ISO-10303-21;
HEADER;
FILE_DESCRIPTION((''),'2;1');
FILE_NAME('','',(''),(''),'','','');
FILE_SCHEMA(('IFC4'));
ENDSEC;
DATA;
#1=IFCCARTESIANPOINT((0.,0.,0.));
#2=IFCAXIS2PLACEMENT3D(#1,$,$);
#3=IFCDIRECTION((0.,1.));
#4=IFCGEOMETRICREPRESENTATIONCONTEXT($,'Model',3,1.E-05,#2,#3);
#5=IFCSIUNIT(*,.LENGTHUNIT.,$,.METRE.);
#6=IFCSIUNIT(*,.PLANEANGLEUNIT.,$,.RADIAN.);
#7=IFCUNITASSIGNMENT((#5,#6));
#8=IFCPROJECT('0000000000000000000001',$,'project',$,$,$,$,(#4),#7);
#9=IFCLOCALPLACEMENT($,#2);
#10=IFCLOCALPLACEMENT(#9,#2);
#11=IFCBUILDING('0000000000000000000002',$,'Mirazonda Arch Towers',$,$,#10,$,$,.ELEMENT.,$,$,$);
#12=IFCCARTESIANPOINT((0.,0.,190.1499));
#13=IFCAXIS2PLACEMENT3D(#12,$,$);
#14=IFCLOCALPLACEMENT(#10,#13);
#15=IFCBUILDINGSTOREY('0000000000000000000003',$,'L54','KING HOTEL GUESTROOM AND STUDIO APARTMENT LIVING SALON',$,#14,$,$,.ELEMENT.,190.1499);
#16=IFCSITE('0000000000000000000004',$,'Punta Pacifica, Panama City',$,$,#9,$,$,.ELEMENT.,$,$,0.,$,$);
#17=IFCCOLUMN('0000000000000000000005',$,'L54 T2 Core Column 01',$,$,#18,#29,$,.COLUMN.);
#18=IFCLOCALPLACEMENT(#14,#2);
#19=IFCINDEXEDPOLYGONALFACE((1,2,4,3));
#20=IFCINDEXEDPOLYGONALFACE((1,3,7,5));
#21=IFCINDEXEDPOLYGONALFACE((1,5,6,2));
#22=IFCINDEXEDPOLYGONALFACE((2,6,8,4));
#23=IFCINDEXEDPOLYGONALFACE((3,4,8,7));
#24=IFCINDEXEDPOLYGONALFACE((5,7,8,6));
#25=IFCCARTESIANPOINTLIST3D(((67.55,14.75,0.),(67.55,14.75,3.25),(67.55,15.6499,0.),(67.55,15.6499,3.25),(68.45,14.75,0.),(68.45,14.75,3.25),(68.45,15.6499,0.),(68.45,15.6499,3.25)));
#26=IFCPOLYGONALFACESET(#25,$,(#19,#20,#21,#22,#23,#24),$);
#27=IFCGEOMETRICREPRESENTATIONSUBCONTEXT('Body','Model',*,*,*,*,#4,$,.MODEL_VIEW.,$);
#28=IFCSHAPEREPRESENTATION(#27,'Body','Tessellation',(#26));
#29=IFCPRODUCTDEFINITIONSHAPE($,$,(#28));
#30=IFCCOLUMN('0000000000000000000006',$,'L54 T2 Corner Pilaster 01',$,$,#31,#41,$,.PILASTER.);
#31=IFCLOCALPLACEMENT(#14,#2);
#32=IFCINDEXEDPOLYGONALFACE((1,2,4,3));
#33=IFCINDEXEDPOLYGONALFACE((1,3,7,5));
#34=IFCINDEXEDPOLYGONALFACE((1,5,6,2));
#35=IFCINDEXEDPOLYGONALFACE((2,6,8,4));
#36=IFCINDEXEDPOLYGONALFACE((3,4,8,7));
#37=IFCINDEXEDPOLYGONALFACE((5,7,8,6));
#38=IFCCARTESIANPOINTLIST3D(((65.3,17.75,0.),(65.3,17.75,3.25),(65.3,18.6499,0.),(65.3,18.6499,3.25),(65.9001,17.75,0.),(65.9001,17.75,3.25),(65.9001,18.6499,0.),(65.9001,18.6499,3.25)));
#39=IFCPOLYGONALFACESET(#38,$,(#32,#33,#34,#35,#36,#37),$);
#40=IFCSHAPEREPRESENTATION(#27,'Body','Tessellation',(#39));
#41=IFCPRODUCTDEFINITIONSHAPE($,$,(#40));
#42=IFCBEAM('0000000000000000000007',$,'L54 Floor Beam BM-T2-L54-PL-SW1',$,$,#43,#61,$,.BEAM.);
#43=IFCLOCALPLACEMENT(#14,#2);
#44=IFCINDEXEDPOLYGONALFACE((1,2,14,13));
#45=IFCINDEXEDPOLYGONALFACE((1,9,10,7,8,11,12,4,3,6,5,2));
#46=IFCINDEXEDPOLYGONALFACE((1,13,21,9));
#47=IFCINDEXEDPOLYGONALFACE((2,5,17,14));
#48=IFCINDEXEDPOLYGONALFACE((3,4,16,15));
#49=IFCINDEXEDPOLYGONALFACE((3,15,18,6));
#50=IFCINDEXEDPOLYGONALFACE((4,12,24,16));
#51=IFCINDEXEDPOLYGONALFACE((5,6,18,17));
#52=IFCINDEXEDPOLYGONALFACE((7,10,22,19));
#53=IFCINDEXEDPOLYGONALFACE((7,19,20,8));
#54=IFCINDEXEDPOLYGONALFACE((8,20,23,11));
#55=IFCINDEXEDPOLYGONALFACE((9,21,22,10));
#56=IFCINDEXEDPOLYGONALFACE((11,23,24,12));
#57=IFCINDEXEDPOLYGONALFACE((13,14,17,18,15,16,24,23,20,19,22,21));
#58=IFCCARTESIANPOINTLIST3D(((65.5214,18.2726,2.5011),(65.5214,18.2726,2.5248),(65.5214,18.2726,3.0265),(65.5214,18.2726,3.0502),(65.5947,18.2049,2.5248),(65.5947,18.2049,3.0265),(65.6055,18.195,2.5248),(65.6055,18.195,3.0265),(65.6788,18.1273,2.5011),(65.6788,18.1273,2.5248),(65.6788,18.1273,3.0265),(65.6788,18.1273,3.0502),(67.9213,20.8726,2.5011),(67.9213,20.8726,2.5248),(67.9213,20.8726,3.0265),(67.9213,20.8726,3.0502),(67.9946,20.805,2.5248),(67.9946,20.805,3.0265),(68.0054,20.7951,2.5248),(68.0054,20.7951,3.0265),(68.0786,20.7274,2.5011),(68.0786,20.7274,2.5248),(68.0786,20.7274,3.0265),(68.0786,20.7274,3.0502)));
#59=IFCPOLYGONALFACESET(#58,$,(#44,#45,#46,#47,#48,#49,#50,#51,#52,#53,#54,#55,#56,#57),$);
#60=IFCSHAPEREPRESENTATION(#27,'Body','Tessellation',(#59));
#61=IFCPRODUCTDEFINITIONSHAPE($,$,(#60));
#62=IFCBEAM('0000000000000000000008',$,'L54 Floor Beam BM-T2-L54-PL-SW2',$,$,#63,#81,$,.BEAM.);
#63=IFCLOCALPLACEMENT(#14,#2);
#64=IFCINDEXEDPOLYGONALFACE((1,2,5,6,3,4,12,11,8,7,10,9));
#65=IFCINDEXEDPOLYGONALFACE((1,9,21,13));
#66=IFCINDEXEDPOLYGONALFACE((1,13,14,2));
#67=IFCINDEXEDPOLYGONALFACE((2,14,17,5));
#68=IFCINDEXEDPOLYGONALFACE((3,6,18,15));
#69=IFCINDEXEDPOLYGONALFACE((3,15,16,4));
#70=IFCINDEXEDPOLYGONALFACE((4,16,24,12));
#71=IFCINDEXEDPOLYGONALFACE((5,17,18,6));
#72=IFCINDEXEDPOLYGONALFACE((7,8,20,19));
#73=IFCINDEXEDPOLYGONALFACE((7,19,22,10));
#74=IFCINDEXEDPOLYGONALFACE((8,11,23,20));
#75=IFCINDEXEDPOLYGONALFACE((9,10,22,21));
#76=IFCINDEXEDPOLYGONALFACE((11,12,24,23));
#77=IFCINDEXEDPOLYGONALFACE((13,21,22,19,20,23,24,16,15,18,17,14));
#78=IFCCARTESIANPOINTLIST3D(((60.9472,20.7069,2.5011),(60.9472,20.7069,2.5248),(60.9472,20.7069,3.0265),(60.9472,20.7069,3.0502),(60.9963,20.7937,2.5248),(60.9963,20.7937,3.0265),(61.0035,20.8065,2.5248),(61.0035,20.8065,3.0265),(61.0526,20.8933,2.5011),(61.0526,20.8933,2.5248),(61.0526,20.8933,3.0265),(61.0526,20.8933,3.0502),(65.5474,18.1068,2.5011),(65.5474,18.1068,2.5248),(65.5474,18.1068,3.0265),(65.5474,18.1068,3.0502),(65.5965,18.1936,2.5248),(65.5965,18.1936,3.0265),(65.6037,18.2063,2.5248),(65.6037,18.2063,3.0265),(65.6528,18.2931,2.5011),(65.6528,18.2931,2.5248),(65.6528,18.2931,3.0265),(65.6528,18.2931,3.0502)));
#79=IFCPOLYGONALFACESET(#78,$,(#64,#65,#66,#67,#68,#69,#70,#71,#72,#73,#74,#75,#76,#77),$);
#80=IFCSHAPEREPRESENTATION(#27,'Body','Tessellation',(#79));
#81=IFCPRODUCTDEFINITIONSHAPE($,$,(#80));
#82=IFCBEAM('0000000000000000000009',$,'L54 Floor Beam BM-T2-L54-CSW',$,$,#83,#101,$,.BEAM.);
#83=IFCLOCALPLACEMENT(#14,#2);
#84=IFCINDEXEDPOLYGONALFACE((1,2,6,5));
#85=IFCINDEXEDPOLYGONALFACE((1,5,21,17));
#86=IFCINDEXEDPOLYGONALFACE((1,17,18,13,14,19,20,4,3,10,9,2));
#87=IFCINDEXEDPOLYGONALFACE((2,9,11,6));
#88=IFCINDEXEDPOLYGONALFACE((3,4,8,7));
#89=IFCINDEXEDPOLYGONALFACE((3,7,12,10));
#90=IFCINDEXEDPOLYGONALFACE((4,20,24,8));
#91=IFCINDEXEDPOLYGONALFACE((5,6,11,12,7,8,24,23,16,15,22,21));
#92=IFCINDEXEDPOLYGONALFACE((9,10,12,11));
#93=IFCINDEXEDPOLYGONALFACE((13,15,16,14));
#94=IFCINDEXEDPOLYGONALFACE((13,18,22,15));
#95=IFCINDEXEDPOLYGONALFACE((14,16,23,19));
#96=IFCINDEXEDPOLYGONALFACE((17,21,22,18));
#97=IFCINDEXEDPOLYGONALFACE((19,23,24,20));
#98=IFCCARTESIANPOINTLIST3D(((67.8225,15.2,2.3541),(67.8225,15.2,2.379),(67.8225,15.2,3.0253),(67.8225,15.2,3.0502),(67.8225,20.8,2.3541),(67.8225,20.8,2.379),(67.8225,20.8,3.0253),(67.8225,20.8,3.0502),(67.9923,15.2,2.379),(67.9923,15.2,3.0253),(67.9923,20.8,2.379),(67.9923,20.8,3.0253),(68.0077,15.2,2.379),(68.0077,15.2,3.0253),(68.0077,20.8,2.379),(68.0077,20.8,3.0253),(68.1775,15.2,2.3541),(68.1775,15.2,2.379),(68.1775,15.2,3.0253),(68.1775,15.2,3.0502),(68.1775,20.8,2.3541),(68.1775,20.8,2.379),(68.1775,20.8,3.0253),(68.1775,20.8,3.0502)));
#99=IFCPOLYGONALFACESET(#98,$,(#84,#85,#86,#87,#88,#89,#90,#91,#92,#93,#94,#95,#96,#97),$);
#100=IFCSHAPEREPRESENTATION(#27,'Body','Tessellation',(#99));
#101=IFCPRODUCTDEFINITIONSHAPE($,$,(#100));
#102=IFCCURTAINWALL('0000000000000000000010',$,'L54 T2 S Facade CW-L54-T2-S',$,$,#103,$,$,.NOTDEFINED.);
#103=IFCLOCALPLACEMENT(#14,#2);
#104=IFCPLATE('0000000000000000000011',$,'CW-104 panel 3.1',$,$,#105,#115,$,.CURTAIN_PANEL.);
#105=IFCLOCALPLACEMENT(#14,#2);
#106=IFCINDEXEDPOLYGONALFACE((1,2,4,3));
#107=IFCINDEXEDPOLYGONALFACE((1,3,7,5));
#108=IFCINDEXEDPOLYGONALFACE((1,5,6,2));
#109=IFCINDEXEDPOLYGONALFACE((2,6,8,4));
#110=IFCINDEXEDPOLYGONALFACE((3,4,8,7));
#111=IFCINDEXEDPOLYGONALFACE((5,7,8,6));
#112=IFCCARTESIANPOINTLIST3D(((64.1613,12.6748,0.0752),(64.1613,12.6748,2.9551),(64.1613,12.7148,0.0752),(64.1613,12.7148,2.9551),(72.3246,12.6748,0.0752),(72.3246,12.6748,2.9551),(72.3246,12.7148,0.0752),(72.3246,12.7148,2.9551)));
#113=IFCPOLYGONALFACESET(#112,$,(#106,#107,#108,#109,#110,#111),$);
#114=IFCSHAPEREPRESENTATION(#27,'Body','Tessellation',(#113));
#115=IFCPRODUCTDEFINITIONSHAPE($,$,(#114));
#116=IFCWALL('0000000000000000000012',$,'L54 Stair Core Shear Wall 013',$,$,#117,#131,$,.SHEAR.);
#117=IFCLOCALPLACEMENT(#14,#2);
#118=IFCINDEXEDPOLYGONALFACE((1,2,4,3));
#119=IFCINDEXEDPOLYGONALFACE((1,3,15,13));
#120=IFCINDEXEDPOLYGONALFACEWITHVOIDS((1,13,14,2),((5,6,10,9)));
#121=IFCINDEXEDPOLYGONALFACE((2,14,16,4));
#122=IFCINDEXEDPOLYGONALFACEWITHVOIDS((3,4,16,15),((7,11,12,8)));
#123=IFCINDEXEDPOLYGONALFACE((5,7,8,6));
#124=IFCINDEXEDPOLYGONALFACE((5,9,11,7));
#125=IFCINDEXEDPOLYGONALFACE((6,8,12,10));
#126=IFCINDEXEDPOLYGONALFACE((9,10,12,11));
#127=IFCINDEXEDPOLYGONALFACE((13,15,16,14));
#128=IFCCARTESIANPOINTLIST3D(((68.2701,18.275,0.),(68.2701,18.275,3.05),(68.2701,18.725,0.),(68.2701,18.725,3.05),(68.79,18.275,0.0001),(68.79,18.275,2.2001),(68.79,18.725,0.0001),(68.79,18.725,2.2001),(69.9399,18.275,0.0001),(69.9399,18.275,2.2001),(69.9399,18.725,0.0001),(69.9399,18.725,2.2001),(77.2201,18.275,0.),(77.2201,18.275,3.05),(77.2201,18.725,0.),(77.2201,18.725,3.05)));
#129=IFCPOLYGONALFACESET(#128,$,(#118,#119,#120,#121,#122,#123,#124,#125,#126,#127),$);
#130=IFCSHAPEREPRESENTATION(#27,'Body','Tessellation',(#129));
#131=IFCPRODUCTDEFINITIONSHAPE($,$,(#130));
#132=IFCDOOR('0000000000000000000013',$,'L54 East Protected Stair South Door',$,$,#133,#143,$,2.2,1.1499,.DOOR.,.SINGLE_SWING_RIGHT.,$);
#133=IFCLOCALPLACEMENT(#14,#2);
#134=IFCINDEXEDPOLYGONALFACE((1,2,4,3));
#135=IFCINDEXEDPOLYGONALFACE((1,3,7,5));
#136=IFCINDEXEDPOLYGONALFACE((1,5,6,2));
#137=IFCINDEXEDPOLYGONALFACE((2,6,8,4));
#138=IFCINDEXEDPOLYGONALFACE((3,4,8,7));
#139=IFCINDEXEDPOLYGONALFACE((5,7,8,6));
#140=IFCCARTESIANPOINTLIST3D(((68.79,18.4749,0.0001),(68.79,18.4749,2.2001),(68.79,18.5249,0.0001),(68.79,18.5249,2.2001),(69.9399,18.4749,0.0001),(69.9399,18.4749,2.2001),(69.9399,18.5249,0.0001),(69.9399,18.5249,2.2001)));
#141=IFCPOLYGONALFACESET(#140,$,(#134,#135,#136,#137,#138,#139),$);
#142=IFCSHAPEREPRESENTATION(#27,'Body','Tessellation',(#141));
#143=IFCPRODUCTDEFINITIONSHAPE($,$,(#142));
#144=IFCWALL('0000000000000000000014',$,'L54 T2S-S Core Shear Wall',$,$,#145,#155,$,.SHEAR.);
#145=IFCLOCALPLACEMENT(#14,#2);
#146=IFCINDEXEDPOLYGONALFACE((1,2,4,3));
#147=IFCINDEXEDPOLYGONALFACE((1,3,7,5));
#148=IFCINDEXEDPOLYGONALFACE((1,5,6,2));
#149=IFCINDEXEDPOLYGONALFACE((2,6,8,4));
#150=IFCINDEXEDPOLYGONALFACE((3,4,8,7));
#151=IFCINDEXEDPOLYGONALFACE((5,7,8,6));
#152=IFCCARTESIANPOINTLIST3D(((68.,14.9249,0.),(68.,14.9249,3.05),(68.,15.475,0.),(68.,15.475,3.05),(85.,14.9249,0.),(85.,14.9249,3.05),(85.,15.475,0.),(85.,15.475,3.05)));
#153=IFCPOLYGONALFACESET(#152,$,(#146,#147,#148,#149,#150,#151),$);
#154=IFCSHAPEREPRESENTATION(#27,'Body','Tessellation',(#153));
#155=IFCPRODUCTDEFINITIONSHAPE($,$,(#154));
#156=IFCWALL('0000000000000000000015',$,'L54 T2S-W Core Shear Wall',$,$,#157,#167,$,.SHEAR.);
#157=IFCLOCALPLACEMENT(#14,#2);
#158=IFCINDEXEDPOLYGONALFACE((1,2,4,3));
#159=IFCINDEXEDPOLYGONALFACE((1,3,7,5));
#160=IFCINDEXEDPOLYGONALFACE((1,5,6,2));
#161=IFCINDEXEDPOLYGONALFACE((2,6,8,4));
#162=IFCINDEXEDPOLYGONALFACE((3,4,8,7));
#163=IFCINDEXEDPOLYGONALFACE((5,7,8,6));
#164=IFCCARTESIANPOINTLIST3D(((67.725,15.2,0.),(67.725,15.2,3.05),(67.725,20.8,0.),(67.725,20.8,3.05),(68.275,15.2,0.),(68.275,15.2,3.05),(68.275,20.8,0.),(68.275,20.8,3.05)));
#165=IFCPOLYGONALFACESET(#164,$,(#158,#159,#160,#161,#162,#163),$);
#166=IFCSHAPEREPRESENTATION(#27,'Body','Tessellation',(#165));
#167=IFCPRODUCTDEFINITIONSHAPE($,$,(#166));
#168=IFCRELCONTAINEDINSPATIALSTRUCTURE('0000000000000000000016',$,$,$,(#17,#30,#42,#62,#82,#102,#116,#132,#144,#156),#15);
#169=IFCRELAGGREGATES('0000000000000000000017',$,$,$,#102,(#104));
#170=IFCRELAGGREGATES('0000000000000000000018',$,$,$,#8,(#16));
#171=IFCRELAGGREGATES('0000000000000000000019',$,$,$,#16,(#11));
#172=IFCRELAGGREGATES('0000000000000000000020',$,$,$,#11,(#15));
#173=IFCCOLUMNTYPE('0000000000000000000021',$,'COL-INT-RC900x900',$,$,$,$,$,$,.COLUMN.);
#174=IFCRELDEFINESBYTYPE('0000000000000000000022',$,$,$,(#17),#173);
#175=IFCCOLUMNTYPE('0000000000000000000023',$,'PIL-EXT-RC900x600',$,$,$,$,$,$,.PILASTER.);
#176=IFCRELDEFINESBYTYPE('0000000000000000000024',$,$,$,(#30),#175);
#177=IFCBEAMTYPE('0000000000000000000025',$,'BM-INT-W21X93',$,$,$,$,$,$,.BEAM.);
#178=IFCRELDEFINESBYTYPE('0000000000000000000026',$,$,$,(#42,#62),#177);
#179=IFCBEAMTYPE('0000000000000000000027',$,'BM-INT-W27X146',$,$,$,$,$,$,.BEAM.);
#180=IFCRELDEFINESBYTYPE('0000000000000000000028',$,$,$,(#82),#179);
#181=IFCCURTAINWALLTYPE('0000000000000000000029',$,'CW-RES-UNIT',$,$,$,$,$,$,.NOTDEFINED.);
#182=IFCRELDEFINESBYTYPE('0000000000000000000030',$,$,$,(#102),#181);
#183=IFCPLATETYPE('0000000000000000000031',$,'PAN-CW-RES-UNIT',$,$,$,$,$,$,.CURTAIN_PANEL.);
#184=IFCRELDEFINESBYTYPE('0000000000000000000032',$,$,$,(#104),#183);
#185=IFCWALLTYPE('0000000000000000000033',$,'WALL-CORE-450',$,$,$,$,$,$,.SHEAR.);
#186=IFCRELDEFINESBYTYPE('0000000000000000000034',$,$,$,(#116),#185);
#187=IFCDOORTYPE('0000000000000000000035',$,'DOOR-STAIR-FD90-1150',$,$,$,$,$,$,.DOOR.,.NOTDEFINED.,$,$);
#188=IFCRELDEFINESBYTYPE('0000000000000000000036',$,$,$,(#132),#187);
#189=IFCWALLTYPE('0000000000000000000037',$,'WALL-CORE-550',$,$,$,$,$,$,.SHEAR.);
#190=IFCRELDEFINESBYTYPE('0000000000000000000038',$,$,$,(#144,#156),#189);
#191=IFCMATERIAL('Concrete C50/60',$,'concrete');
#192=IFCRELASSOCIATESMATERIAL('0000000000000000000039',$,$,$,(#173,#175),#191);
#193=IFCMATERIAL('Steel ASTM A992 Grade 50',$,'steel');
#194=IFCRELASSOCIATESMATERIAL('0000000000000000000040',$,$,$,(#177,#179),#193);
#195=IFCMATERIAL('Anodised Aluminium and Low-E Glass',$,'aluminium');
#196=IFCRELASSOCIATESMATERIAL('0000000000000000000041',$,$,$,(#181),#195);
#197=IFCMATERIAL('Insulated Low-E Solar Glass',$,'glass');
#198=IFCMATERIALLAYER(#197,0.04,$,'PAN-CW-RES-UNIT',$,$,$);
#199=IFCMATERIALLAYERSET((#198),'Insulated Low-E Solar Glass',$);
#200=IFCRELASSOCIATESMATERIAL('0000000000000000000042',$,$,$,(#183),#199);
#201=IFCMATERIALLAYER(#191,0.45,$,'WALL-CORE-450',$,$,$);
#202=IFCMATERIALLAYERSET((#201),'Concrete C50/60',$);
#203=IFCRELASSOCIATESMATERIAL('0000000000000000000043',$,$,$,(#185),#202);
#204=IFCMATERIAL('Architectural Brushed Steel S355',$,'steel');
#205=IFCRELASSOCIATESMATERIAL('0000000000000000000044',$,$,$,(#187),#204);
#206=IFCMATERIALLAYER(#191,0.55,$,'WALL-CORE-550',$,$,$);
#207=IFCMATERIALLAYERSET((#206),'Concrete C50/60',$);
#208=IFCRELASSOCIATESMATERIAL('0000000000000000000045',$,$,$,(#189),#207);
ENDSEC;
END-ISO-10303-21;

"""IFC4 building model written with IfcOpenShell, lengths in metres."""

from ifc_helpers import new_model, si_unit, direction, frame, frame_2d, origin, origin_2d, place, context, subcontext, project, spatial, rectangle, i_section, extrude, material, layer, layer_set, material_profile, profile_set, type_object, element, fill, aggregate, save


model = new_model("IFC4")

# Units and contexts
model_context = context("Model", 3, precision=1e-05, world=origin(), true_north=direction((0.0, 1.0)))
body_context = subcontext(model_context, "Body", "Model", "MODEL_VIEW")
ifc_project = project(units=[si_unit("LENGTHUNIT", "METRE"), si_unit("PLANEANGLEUNIT", "RADIAN")], contexts=[model_context])

# Site, building, storey
site_placement = place(None, origin())
site = spatial("IfcSite", under=ifc_project, at=site_placement, Name="Punta Pacifica, Panama City", CompositionType="ELEMENT", RefElevation=0.0)
building_placement = place(site_placement, origin())
building = spatial("IfcBuilding", under=site, at=building_placement, Name="Mirazonda Arch Towers", CompositionType="ELEMENT")
storey_placement = place(building_placement, frame((0.0, 0.0, 190.1499)))
storey = spatial("IfcBuildingStorey", under=building, at=storey_placement, Name="L54", Description="KING HOTEL GUESTROOM AND STUDIO APARTMENT LIVING SALON", CompositionType="ELEMENT", Elevation=190.1499)

# Columns
ifc_material_1 = material(Name="Concrete C50/60", Category="concrete")
ifc_material_profile_1 = material_profile(ifc_material_1, rectangle(XDim=0.8999, YDim=0.8999, at=origin_2d()), Name="RC900x900")
ifc_profile_set_1 = profile_set([ifc_material_profile_1], Name="Concrete C50/60")
column_type_1 = type_object("IfcColumnType", Name="COL-INT-RC900x900", PredefinedType="COLUMN", material=ifc_profile_set_1)
column_1_placement = place(storey_placement, frame((68.0, 15.2, 0.0), z_axis=(0.0, 0.0, 1.0), x_axis=(1.0, 0.0, 0.0)))
element("IfcColumn", 1, at=column_1_placement, inside=storey, type_object=column_type_1, Name="L54 T2 Core Column 01", PredefinedType="COLUMN", context=body_context, shape_type="SweptSolid", body=[
    extrude(rectangle(XDim=0.8999, YDim=0.8999, at=origin_2d()), origin(), (0.0, 0.0, 1.0), 3.25),
])
ifc_material_profile_2 = material_profile(ifc_material_1, rectangle(XDim=0.6001, YDim=0.8999, at=origin_2d()), Name="RC900x600")
ifc_profile_set_2 = profile_set([ifc_material_profile_2], Name="Concrete C50/60")
column_type_2 = type_object("IfcColumnType", Name="PIL-EXT-RC900x600", PredefinedType="PILASTER", material=ifc_profile_set_2)
column_2_placement = place(storey_placement, frame((65.6001, 18.2, 0.0), z_axis=(0.0, 0.0, 1.0), x_axis=(1.0, 0.0, 0.0)))
element("IfcColumn", 2, at=column_2_placement, inside=storey, type_object=column_type_2, Name="L54 T2 Corner Pilaster 01", PredefinedType="PILASTER", context=body_context, shape_type="SweptSolid", body=[
    extrude(rectangle(XDim=0.6001, YDim=0.8999, at=origin_2d()), origin(), (0.0, 0.0, 1.0), 3.25),
])

# Beams
ifc_material_2 = material(Name="Steel ASTM A992 Grade 50", Category="steel")
ifc_material_profile_3 = material_profile(ifc_material_2, i_section(OverallWidth=0.2141, OverallDepth=0.5491, WebThickness=0.0146, FlangeThickness=0.0237, at=origin_2d()), Name="W21X93")
ifc_profile_set_3 = profile_set([ifc_material_profile_3], Name="Steel ASTM A992 Grade 50")
beam_type_1 = type_object("IfcBeamType", Name="BM-INT-W21X93", PredefinedType="BEAM", material=ifc_profile_set_3)
beam_1_placement = place(storey_placement, frame((65.6001, 18.2, 2.7756), z_axis=(0.678251, 0.73483, 0.0), x_axis=(-0.73483, 0.678251, 0.0)))
element("IfcBeam", 3, at=beam_1_placement, inside=storey, type_object=beam_type_1, Name="L54 Floor Beam BM-T2-L54-PL-SW1", PredefinedType="BEAM", context=body_context, shape_type="SweptSolid", body=[
    extrude(i_section(OverallWidth=0.2141, OverallDepth=0.5491, WebThickness=0.0146, FlangeThickness=0.0237, at=origin_2d()), origin(), (0.0, 0.0, 1.0), 3.5383),
])
beam_2_placement = place(storey_placement, frame((65.6001, 18.2, 2.7756), z_axis=(-0.870559, 0.492063, 0.0), x_axis=(-0.492063, -0.870559, 0.0)))
element("IfcBeam", 4, at=beam_2_placement, inside=storey, type_object=beam_type_1, Name="L54 Floor Beam BM-T2-L54-PL-SW2", PredefinedType="BEAM", context=body_context, shape_type="SweptSolid", body=[
    extrude(i_section(OverallWidth=0.2141, OverallDepth=0.5491, WebThickness=0.0146, FlangeThickness=0.0237, at=origin_2d()), origin(), (0.0, 0.0, 1.0), 5.2842),
])
ifc_material_profile_4 = material_profile(ifc_material_2, i_section(OverallWidth=0.355, OverallDepth=0.696, WebThickness=0.0154, FlangeThickness=0.0249, at=origin_2d()), Name="W27X146")
ifc_profile_set_4 = profile_set([ifc_material_profile_4], Name="Steel ASTM A992 Grade 50")
beam_type_2 = type_object("IfcBeamType", Name="BM-INT-W27X146", PredefinedType="BEAM", material=ifc_profile_set_4)
beam_3_placement = place(storey_placement, frame((68.0, 15.2, 2.7021), z_axis=(0.0, 1.0, 0.0), x_axis=(-1.0, 0.0, 0.0)))
element("IfcBeam", 5, at=beam_3_placement, inside=storey, type_object=beam_type_2, Name="L54 Floor Beam BM-T2-L54-CSW", PredefinedType="BEAM", context=body_context, shape_type="SweptSolid", body=[
    extrude(i_section(OverallWidth=0.355, OverallDepth=0.696, WebThickness=0.0154, FlangeThickness=0.0249, at=origin_2d()), origin(), (0.0, 0.0, 1.0), 5.6001),
])

# Curtain wall, plate
ifc_material_3 = material(Name="Anodised Aluminium and Low-E Glass", Category="aluminium")
curtain_wall_type = type_object("IfcCurtainWallType", Name="CW-RES-UNIT", PredefinedType="NOTDEFINED", material=ifc_material_3)
curtain_wall_placement = place(storey_placement, origin())
curtain_wall = element("IfcCurtainWall", 6, at=curtain_wall_placement, inside=storey, type_object=curtain_wall_type, Name="L54 T2 S Facade CW-L54-T2-S", PredefinedType="NOTDEFINED")
ifc_material_4 = material(Name="Insulated Low-E Solar Glass", Category="glass")
ifc_layer_1 = layer(ifc_material_4, 0.04, Name="PAN-CW-RES-UNIT")
ifc_layer_set_1 = layer_set([ifc_layer_1], Name="Insulated Low-E Solar Glass")
plate_type = type_object("IfcPlateType", Name="PAN-CW-RES-UNIT", PredefinedType="CURTAIN_PANEL", material=ifc_layer_set_1)
plate_placement = place(storey_placement, frame((68.2429, 12.6948, 0.0752), z_axis=(0.0, 0.0, 1.0), x_axis=(-1.0, 0.0, 0.0)))
plate = element("IfcPlate", 7, at=plate_placement, type_object=plate_type, Name="CW-104 panel 3.1", PredefinedType="CURTAIN_PANEL", context=body_context, shape_type="SweptSolid", body=[
    extrude(rectangle(XDim=8.1633, YDim=0.04, at=origin_2d()), origin(), (0.0, 0.0, 1.0), 2.8799),
])
aggregate(curtain_wall, [plate])

# Wall, opening, door
ifc_layer_2 = layer(ifc_material_1, 0.45, Name="WALL-CORE-450")
ifc_layer_set_2 = layer_set([ifc_layer_2], Name="Concrete C50/60")
wall_type_1 = type_object("IfcWallType", Name="WALL-CORE-450", PredefinedType="SHEAR", material=ifc_layer_set_2)
wall_1_placement = place(storey_placement, frame((68.27, 18.5, 0.0), z_axis=(0.0, 0.0, 1.0), x_axis=(1.0, 0.0, 0.0)))
wall_1 = element("IfcWall", 8, at=wall_1_placement, inside=storey, type_object=wall_type_1, Name="L54 Stair Core Shear Wall 013", PredefinedType="SHEAR", context=body_context, shape_type="SweptSolid", body=[
    extrude(rectangle(XDim=8.95, YDim=0.45, at=frame_2d((4.4751, 0.0))), origin(), (0.0, 0.0, 1.0), 3.05),
])
opening_placement = place(wall_1_placement, frame((0.52, 0.0, 0.0)))
opening = element("IfcOpeningElement", 9, at=opening_placement, cuts=wall_1, PredefinedType="OPENING", context=body_context, shape_type="SweptSolid", body=[
    extrude(rectangle(XDim=1.1499, YDim=2.2, at=frame_2d((0.575, 1.1001))), frame((0.0, 0.2349, 0.0), z_axis=(0.0, -1.0, 0.0), x_axis=(1.0, 0.0, 0.0)), (0.0, 0.0, 1.0), 0.47),
])
ifc_material_5 = material(Name="Architectural Brushed Steel S355", Category="steel")
door_type = type_object("IfcDoorType", Name="DOOR-STAIR-FD90-1150", OperationType="NOTDEFINED", PredefinedType="DOOR", material=ifc_material_5)
door_placement = place(opening_placement, origin())
door = element("IfcDoor", 10, at=door_placement, inside=storey, type_object=door_type, Name="L54 East Protected Stair South Door", OperationType="SINGLE_SWING_RIGHT", OverallHeight=2.2, OverallWidth=1.1499, PredefinedType="DOOR", context=body_context, shape_type="SweptSolid", body=[
    extrude(rectangle(XDim=1.1499, YDim=2.2, at=frame_2d((0.575, 1.1001))), frame((0.0, 0.0249, 0.0), z_axis=(0.0, -1.0, 0.0), x_axis=(1.0, 0.0, 0.0)), (0.0, 0.0, 1.0), 0.05),
])
fill(opening, door)

# Walls
ifc_layer_3 = layer(ifc_material_1, 0.55, Name="WALL-CORE-550")
ifc_layer_set_3 = layer_set([ifc_layer_3], Name="Concrete C50/60")
wall_type_2 = type_object("IfcWallType", Name="WALL-CORE-550", PredefinedType="SHEAR", material=ifc_layer_set_3)
wall_2_placement = place(storey_placement, frame((68.0, 15.2, 0.0), z_axis=(0.0, 0.0, 1.0), x_axis=(1.0, 0.0, 0.0)))
element("IfcWall", 11, at=wall_2_placement, inside=storey, type_object=wall_type_2, Name="L54 T2S-S Core Shear Wall", PredefinedType="SHEAR", context=body_context, shape_type="SweptSolid", body=[
    extrude(rectangle(XDim=17.0, YDim=0.55, at=frame_2d((8.5, 0.0))), origin(), (0.0, 0.0, 1.0), 3.05),
])
wall_3_placement = place(storey_placement, frame((68.0, 15.2, 0.0), z_axis=(0.0, 0.0, 1.0), x_axis=(0.0, 1.0, 0.0)))
element("IfcWall", 12, at=wall_3_placement, inside=storey, type_object=wall_type_2, Name="L54 T2S-W Core Shear Wall", PredefinedType="SHEAR", context=body_context, shape_type="SweptSolid", body=[
    extrude(rectangle(XDim=5.6001, YDim=0.55, at=frame_2d((2.8, 0.0))), origin(), (0.0, 0.0, 1.0), 3.05),
])

save(model, "model.ifc")
